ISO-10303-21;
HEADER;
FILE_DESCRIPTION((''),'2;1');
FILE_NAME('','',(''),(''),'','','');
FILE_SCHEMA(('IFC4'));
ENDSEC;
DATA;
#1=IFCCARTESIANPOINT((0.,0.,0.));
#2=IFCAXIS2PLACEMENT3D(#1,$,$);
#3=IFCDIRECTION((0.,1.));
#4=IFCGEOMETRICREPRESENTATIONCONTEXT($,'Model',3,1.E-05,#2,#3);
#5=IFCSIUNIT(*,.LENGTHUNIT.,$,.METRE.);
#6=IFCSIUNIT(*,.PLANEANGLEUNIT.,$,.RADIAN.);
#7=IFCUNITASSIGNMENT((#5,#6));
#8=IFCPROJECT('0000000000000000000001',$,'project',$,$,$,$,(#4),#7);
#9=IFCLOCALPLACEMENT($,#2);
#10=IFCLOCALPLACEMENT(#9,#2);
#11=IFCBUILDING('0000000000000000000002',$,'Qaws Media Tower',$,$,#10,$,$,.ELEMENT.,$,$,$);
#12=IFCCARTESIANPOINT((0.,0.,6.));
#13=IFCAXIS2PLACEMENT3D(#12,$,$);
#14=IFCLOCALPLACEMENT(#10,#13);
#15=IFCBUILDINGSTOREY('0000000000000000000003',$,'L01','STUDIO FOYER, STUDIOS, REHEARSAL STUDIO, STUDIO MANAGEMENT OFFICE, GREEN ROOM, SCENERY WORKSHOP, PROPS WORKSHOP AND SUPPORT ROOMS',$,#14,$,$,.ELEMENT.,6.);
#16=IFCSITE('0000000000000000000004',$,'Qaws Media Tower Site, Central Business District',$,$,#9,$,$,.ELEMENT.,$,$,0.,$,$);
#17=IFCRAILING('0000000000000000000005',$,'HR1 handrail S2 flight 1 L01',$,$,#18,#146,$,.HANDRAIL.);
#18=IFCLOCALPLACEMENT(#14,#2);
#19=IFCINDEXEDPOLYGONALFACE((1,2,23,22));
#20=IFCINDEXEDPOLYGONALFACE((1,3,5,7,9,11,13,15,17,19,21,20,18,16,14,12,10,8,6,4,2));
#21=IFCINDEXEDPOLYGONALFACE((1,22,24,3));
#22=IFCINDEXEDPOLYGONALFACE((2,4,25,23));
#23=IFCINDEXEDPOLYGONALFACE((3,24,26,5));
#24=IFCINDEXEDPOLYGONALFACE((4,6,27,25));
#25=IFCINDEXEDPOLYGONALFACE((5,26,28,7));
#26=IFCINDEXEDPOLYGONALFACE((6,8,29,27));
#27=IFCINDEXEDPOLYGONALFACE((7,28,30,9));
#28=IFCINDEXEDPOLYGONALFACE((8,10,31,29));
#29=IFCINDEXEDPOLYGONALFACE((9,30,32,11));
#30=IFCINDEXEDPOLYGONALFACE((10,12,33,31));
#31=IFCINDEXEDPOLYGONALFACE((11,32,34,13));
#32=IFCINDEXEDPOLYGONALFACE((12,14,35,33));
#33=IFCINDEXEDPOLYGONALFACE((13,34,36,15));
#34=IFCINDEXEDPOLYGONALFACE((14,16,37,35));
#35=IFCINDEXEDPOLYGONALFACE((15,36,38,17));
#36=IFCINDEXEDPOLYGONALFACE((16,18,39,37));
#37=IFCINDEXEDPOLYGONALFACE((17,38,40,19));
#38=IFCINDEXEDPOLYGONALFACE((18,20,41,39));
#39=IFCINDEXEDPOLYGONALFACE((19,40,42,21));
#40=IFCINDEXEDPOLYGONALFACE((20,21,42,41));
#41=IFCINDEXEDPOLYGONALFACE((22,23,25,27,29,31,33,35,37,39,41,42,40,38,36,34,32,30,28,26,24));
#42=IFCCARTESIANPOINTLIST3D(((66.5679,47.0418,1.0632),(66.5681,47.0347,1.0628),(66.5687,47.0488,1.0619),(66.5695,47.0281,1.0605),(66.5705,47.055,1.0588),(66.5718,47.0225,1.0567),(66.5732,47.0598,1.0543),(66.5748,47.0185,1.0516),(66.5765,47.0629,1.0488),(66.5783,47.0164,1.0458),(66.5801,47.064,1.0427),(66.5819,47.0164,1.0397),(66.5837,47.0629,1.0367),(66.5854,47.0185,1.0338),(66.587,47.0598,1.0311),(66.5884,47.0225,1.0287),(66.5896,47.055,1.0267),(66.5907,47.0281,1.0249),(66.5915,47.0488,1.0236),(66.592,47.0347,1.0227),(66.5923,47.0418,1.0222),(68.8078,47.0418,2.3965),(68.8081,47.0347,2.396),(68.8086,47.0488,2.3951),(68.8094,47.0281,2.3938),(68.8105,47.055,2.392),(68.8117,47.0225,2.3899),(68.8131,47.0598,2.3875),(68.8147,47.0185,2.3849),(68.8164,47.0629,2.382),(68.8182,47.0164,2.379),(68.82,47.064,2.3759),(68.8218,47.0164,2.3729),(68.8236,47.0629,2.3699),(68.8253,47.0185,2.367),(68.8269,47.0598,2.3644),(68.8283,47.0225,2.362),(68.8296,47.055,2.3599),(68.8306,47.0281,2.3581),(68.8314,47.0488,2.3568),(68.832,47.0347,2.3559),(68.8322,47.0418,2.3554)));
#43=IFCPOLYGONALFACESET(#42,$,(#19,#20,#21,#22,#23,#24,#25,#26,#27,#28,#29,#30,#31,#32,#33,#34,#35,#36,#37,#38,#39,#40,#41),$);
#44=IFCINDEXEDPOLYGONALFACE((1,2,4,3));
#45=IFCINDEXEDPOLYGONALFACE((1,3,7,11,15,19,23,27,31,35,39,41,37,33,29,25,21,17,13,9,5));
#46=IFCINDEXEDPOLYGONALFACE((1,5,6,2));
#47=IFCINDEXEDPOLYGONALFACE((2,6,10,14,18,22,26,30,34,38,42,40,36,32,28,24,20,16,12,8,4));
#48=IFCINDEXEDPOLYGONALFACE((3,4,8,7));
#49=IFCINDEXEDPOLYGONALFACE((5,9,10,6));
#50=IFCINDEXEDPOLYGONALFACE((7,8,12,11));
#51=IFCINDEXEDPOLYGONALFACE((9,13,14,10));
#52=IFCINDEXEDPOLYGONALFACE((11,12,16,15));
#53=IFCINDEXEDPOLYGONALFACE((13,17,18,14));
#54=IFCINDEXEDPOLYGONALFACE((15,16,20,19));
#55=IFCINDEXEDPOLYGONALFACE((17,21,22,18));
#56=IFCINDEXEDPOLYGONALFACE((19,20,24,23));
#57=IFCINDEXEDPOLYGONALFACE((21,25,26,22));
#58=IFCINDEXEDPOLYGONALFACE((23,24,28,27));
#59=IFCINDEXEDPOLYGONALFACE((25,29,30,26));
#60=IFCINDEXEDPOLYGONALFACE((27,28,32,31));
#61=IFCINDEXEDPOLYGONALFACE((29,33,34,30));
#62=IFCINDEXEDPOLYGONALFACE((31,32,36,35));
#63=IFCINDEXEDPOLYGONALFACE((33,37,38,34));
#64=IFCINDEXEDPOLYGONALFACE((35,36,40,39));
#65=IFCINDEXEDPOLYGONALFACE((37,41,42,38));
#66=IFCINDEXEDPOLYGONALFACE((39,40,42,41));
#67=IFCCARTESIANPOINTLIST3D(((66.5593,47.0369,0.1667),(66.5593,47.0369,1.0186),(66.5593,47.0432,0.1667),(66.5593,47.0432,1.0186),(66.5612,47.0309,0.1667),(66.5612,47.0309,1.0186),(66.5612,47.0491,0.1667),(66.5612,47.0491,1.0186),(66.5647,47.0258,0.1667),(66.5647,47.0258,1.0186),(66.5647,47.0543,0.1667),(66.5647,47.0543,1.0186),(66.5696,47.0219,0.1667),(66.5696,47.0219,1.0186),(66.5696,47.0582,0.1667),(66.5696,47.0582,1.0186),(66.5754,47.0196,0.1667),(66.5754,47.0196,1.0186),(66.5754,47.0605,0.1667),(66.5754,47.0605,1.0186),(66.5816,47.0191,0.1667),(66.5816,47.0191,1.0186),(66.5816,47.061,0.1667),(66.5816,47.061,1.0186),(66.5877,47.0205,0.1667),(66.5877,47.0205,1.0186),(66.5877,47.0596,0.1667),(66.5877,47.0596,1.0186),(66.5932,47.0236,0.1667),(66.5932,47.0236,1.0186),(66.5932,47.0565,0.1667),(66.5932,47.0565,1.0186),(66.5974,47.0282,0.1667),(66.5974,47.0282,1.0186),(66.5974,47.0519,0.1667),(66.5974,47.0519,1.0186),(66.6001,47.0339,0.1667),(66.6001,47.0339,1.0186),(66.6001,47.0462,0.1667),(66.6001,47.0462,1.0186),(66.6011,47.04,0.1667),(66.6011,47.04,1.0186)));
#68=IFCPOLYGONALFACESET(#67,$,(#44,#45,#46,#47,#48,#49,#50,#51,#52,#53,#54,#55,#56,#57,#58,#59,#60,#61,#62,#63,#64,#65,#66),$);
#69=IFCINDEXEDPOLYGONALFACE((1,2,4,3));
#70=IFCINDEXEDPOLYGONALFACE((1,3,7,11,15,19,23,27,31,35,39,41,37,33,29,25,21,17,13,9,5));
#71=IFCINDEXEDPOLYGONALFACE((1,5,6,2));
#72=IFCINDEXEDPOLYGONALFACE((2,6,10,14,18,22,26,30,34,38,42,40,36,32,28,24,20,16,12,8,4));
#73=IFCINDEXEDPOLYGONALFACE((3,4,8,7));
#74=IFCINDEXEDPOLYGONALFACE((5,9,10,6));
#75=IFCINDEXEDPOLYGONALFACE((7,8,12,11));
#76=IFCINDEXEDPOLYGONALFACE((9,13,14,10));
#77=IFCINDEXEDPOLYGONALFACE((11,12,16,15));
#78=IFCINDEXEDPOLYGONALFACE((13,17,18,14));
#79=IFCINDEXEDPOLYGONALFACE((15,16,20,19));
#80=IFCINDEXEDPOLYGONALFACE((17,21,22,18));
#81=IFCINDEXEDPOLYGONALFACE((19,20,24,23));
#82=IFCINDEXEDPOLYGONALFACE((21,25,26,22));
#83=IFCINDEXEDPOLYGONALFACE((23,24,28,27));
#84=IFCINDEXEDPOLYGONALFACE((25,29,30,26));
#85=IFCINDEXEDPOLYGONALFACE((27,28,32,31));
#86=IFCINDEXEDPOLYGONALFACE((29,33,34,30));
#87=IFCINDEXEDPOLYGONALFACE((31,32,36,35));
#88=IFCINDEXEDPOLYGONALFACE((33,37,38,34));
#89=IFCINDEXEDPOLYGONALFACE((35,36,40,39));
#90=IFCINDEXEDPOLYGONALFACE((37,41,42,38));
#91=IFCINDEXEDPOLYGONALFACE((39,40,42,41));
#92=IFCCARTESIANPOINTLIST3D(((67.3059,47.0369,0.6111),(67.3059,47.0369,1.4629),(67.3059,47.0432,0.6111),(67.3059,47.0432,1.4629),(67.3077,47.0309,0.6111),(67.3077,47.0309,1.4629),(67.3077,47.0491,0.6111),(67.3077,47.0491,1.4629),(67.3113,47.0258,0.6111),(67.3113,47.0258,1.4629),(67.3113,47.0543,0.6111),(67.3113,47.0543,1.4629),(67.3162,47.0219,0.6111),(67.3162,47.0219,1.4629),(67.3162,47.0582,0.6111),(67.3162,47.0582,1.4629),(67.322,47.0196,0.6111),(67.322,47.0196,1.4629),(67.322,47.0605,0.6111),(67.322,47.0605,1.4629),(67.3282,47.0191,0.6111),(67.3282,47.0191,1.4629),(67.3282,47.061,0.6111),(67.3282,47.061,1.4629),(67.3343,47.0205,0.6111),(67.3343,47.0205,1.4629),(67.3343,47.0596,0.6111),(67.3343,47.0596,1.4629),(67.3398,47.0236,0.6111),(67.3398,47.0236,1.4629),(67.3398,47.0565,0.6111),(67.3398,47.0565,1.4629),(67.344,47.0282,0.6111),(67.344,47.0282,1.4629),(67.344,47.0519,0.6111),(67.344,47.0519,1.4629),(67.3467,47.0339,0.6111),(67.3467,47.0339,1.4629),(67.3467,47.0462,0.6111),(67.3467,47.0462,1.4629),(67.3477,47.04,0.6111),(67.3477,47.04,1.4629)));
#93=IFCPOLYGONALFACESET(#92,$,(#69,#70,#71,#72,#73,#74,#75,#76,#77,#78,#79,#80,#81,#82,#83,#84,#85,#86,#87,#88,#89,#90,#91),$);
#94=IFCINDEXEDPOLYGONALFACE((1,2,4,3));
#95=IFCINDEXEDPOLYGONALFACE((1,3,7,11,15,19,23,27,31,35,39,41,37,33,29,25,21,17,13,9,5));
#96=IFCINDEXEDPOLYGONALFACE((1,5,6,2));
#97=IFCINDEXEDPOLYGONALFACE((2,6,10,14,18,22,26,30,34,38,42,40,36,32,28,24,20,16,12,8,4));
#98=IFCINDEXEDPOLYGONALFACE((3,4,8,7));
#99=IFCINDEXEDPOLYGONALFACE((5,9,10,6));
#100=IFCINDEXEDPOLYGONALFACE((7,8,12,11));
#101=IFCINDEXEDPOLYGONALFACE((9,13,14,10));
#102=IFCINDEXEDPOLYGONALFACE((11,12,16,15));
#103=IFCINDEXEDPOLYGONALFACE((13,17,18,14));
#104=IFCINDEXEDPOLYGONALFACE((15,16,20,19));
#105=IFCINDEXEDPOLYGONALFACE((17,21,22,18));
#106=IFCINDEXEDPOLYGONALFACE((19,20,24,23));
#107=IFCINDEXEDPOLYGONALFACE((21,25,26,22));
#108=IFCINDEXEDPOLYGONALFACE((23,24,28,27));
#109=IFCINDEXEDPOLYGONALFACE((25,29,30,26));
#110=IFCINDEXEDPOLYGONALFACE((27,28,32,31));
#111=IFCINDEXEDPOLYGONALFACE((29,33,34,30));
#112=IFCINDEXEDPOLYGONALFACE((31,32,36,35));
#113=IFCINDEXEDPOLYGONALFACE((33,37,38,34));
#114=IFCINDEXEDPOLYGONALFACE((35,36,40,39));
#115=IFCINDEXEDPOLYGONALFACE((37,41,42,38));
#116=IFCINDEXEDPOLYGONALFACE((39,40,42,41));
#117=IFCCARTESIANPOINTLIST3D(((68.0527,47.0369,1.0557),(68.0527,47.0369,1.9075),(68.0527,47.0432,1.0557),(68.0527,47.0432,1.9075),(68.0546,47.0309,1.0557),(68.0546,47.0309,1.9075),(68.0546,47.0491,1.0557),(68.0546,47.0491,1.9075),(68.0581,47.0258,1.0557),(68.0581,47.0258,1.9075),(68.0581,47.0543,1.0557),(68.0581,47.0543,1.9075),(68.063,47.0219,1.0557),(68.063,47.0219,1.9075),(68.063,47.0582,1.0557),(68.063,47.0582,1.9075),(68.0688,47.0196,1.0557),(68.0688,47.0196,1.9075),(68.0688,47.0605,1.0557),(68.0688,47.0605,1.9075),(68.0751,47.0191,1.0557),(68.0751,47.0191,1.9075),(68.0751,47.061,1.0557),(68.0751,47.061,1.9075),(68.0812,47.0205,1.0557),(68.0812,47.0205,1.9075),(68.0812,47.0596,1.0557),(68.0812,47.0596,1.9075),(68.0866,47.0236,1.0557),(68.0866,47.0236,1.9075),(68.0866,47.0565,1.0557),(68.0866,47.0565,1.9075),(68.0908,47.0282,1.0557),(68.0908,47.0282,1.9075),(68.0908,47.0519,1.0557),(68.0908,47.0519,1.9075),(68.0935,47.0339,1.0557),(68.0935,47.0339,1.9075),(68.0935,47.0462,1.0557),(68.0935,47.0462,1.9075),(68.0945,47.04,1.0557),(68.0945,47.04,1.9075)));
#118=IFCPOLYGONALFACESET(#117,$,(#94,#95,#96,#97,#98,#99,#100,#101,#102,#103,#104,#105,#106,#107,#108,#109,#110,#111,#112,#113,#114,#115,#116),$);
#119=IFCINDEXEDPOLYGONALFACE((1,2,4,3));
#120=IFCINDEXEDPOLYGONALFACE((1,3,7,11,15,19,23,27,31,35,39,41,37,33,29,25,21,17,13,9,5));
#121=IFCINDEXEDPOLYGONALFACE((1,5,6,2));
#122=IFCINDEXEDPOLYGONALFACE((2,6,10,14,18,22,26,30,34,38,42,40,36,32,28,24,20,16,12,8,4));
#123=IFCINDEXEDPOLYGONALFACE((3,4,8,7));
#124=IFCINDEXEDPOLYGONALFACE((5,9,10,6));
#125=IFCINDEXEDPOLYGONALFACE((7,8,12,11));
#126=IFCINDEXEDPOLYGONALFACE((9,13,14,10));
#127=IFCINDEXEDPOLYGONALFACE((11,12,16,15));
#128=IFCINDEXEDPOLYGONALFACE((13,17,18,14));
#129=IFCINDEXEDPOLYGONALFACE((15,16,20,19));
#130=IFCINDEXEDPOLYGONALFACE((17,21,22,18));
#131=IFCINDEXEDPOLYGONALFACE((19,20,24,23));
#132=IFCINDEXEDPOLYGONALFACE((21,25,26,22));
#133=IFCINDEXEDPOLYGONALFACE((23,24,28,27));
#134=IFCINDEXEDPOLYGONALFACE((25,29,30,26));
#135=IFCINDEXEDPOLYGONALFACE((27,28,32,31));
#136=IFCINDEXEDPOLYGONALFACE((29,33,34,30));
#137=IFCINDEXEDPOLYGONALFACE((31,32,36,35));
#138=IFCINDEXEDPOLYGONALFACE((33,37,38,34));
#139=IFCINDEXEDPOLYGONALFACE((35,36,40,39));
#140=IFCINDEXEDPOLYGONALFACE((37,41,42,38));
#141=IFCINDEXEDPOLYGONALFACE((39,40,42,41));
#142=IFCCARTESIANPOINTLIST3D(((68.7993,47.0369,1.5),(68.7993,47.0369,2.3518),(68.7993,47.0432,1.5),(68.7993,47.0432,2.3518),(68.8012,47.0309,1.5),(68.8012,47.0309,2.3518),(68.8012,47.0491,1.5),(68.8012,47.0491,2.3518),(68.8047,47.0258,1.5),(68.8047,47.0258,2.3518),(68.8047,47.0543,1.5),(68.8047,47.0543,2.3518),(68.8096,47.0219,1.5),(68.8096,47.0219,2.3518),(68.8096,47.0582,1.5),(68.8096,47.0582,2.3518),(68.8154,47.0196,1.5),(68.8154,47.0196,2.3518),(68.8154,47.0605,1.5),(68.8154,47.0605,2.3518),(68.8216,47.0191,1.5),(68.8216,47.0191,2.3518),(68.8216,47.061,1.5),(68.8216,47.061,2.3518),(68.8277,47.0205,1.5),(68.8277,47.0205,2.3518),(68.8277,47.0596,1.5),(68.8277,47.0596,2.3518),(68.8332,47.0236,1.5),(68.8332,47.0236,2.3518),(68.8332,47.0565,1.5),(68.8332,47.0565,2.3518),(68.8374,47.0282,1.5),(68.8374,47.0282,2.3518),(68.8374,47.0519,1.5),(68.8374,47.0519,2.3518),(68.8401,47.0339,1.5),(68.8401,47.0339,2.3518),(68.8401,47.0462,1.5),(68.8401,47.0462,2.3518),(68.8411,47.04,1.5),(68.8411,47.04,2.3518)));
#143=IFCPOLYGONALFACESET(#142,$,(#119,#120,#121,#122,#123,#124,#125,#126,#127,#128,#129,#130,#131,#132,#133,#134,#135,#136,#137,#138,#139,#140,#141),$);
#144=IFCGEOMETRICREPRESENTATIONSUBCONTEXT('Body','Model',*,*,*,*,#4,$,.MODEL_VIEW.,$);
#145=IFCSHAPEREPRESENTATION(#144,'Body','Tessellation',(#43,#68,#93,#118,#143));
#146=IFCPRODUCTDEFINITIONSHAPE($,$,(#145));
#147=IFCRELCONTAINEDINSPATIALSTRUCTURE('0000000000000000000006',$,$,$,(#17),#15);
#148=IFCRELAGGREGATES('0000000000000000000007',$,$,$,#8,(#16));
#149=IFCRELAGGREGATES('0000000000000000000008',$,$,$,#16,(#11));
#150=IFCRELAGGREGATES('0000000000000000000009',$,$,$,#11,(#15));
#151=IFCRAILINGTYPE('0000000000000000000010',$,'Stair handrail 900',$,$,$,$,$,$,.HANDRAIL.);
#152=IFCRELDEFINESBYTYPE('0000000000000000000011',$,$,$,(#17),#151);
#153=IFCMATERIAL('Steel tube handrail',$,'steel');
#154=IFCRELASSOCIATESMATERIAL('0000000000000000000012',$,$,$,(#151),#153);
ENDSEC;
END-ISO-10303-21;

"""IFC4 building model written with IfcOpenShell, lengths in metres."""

from ifc_helpers import new_model, si_unit, direction, frame, origin, origin_2d, place, context, subcontext, project, spatial, circle, extrude, material, type_object, element, save


model = new_model("IFC4")

# Units and contexts
model_context = context("Model", 3, precision=1e-05, world=origin(), true_north=direction((0.0, 1.0)))
body_context = subcontext(model_context, "Body", "Model", "MODEL_VIEW")
ifc_project = project(units=[si_unit("LENGTHUNIT", "METRE"), si_unit("PLANEANGLEUNIT", "RADIAN")], contexts=[model_context])

# Site, building, storey
site_placement = place(None, origin())
site = spatial("IfcSite", under=ifc_project, at=site_placement, Name="Qaws Media Tower Site, Central Business District", CompositionType="ELEMENT", RefElevation=0.0)
building_placement = place(site_placement, origin())
building = spatial("IfcBuilding", under=site, at=building_placement, Name="Qaws Media Tower", CompositionType="ELEMENT")
storey_placement = place(building_placement, frame((0.0, 0.0, 6.0)))
storey = spatial("IfcBuildingStorey", under=building, at=storey_placement, Name="L01", Description="STUDIO FOYER, STUDIOS, REHEARSAL STUDIO, STUDIO MANAGEMENT OFFICE, GREEN ROOM, SCENERY WORKSHOP, PROPS WORKSHOP AND SUPPORT ROOMS", CompositionType="ELEMENT", Elevation=6.0)

# Railing
ifc_material_1 = material(Name="Steel tube handrail", Category="steel")
railing_type = type_object("IfcRailingType", Name="Stair handrail 900", PredefinedType="HANDRAIL", material=ifc_material_1)
for number, where, name in (
    (1, (66.5801, 47.04, 0.1667), "HR1 handrail S2 flight 1 L01"),
):
    element("IfcRailing", number, at=place(storey_placement, frame(where)), inside=storey, type_object=railing_type, Name=name, PredefinedType="HANDRAIL", context=body_context, shape_type="SweptSolid", body=[
        extrude(circle(Radius=0.0239, at=origin_2d()), frame((0.0, 0.0, 0.876), z_axis=(0.859306, 0.0, 0.511462), x_axis=(0.0, 1.0, 0.0)), (0.0, 0.0, 1.0), 2.6067),
        extrude(circle(Radius=0.021, at=origin_2d()), origin(), (0.0, 0.0, 1.0), 0.8518),
        extrude(circle(Radius=0.021, at=origin_2d()), frame((0.7466, 0.0, 0.4443)), (0.0, 0.0, 1.0), 0.8518),
        extrude(circle(Radius=0.021, at=origin_2d()), frame((1.4934, 0.0, 0.8889)), (0.0, 0.0, 1.0), 0.8518),
        extrude(circle(Radius=0.021, at=origin_2d()), frame((2.24, 0.0, 1.3333)), (0.0, 0.0, 1.0), 0.8518),
    ])

save(model, "model.ifc")
